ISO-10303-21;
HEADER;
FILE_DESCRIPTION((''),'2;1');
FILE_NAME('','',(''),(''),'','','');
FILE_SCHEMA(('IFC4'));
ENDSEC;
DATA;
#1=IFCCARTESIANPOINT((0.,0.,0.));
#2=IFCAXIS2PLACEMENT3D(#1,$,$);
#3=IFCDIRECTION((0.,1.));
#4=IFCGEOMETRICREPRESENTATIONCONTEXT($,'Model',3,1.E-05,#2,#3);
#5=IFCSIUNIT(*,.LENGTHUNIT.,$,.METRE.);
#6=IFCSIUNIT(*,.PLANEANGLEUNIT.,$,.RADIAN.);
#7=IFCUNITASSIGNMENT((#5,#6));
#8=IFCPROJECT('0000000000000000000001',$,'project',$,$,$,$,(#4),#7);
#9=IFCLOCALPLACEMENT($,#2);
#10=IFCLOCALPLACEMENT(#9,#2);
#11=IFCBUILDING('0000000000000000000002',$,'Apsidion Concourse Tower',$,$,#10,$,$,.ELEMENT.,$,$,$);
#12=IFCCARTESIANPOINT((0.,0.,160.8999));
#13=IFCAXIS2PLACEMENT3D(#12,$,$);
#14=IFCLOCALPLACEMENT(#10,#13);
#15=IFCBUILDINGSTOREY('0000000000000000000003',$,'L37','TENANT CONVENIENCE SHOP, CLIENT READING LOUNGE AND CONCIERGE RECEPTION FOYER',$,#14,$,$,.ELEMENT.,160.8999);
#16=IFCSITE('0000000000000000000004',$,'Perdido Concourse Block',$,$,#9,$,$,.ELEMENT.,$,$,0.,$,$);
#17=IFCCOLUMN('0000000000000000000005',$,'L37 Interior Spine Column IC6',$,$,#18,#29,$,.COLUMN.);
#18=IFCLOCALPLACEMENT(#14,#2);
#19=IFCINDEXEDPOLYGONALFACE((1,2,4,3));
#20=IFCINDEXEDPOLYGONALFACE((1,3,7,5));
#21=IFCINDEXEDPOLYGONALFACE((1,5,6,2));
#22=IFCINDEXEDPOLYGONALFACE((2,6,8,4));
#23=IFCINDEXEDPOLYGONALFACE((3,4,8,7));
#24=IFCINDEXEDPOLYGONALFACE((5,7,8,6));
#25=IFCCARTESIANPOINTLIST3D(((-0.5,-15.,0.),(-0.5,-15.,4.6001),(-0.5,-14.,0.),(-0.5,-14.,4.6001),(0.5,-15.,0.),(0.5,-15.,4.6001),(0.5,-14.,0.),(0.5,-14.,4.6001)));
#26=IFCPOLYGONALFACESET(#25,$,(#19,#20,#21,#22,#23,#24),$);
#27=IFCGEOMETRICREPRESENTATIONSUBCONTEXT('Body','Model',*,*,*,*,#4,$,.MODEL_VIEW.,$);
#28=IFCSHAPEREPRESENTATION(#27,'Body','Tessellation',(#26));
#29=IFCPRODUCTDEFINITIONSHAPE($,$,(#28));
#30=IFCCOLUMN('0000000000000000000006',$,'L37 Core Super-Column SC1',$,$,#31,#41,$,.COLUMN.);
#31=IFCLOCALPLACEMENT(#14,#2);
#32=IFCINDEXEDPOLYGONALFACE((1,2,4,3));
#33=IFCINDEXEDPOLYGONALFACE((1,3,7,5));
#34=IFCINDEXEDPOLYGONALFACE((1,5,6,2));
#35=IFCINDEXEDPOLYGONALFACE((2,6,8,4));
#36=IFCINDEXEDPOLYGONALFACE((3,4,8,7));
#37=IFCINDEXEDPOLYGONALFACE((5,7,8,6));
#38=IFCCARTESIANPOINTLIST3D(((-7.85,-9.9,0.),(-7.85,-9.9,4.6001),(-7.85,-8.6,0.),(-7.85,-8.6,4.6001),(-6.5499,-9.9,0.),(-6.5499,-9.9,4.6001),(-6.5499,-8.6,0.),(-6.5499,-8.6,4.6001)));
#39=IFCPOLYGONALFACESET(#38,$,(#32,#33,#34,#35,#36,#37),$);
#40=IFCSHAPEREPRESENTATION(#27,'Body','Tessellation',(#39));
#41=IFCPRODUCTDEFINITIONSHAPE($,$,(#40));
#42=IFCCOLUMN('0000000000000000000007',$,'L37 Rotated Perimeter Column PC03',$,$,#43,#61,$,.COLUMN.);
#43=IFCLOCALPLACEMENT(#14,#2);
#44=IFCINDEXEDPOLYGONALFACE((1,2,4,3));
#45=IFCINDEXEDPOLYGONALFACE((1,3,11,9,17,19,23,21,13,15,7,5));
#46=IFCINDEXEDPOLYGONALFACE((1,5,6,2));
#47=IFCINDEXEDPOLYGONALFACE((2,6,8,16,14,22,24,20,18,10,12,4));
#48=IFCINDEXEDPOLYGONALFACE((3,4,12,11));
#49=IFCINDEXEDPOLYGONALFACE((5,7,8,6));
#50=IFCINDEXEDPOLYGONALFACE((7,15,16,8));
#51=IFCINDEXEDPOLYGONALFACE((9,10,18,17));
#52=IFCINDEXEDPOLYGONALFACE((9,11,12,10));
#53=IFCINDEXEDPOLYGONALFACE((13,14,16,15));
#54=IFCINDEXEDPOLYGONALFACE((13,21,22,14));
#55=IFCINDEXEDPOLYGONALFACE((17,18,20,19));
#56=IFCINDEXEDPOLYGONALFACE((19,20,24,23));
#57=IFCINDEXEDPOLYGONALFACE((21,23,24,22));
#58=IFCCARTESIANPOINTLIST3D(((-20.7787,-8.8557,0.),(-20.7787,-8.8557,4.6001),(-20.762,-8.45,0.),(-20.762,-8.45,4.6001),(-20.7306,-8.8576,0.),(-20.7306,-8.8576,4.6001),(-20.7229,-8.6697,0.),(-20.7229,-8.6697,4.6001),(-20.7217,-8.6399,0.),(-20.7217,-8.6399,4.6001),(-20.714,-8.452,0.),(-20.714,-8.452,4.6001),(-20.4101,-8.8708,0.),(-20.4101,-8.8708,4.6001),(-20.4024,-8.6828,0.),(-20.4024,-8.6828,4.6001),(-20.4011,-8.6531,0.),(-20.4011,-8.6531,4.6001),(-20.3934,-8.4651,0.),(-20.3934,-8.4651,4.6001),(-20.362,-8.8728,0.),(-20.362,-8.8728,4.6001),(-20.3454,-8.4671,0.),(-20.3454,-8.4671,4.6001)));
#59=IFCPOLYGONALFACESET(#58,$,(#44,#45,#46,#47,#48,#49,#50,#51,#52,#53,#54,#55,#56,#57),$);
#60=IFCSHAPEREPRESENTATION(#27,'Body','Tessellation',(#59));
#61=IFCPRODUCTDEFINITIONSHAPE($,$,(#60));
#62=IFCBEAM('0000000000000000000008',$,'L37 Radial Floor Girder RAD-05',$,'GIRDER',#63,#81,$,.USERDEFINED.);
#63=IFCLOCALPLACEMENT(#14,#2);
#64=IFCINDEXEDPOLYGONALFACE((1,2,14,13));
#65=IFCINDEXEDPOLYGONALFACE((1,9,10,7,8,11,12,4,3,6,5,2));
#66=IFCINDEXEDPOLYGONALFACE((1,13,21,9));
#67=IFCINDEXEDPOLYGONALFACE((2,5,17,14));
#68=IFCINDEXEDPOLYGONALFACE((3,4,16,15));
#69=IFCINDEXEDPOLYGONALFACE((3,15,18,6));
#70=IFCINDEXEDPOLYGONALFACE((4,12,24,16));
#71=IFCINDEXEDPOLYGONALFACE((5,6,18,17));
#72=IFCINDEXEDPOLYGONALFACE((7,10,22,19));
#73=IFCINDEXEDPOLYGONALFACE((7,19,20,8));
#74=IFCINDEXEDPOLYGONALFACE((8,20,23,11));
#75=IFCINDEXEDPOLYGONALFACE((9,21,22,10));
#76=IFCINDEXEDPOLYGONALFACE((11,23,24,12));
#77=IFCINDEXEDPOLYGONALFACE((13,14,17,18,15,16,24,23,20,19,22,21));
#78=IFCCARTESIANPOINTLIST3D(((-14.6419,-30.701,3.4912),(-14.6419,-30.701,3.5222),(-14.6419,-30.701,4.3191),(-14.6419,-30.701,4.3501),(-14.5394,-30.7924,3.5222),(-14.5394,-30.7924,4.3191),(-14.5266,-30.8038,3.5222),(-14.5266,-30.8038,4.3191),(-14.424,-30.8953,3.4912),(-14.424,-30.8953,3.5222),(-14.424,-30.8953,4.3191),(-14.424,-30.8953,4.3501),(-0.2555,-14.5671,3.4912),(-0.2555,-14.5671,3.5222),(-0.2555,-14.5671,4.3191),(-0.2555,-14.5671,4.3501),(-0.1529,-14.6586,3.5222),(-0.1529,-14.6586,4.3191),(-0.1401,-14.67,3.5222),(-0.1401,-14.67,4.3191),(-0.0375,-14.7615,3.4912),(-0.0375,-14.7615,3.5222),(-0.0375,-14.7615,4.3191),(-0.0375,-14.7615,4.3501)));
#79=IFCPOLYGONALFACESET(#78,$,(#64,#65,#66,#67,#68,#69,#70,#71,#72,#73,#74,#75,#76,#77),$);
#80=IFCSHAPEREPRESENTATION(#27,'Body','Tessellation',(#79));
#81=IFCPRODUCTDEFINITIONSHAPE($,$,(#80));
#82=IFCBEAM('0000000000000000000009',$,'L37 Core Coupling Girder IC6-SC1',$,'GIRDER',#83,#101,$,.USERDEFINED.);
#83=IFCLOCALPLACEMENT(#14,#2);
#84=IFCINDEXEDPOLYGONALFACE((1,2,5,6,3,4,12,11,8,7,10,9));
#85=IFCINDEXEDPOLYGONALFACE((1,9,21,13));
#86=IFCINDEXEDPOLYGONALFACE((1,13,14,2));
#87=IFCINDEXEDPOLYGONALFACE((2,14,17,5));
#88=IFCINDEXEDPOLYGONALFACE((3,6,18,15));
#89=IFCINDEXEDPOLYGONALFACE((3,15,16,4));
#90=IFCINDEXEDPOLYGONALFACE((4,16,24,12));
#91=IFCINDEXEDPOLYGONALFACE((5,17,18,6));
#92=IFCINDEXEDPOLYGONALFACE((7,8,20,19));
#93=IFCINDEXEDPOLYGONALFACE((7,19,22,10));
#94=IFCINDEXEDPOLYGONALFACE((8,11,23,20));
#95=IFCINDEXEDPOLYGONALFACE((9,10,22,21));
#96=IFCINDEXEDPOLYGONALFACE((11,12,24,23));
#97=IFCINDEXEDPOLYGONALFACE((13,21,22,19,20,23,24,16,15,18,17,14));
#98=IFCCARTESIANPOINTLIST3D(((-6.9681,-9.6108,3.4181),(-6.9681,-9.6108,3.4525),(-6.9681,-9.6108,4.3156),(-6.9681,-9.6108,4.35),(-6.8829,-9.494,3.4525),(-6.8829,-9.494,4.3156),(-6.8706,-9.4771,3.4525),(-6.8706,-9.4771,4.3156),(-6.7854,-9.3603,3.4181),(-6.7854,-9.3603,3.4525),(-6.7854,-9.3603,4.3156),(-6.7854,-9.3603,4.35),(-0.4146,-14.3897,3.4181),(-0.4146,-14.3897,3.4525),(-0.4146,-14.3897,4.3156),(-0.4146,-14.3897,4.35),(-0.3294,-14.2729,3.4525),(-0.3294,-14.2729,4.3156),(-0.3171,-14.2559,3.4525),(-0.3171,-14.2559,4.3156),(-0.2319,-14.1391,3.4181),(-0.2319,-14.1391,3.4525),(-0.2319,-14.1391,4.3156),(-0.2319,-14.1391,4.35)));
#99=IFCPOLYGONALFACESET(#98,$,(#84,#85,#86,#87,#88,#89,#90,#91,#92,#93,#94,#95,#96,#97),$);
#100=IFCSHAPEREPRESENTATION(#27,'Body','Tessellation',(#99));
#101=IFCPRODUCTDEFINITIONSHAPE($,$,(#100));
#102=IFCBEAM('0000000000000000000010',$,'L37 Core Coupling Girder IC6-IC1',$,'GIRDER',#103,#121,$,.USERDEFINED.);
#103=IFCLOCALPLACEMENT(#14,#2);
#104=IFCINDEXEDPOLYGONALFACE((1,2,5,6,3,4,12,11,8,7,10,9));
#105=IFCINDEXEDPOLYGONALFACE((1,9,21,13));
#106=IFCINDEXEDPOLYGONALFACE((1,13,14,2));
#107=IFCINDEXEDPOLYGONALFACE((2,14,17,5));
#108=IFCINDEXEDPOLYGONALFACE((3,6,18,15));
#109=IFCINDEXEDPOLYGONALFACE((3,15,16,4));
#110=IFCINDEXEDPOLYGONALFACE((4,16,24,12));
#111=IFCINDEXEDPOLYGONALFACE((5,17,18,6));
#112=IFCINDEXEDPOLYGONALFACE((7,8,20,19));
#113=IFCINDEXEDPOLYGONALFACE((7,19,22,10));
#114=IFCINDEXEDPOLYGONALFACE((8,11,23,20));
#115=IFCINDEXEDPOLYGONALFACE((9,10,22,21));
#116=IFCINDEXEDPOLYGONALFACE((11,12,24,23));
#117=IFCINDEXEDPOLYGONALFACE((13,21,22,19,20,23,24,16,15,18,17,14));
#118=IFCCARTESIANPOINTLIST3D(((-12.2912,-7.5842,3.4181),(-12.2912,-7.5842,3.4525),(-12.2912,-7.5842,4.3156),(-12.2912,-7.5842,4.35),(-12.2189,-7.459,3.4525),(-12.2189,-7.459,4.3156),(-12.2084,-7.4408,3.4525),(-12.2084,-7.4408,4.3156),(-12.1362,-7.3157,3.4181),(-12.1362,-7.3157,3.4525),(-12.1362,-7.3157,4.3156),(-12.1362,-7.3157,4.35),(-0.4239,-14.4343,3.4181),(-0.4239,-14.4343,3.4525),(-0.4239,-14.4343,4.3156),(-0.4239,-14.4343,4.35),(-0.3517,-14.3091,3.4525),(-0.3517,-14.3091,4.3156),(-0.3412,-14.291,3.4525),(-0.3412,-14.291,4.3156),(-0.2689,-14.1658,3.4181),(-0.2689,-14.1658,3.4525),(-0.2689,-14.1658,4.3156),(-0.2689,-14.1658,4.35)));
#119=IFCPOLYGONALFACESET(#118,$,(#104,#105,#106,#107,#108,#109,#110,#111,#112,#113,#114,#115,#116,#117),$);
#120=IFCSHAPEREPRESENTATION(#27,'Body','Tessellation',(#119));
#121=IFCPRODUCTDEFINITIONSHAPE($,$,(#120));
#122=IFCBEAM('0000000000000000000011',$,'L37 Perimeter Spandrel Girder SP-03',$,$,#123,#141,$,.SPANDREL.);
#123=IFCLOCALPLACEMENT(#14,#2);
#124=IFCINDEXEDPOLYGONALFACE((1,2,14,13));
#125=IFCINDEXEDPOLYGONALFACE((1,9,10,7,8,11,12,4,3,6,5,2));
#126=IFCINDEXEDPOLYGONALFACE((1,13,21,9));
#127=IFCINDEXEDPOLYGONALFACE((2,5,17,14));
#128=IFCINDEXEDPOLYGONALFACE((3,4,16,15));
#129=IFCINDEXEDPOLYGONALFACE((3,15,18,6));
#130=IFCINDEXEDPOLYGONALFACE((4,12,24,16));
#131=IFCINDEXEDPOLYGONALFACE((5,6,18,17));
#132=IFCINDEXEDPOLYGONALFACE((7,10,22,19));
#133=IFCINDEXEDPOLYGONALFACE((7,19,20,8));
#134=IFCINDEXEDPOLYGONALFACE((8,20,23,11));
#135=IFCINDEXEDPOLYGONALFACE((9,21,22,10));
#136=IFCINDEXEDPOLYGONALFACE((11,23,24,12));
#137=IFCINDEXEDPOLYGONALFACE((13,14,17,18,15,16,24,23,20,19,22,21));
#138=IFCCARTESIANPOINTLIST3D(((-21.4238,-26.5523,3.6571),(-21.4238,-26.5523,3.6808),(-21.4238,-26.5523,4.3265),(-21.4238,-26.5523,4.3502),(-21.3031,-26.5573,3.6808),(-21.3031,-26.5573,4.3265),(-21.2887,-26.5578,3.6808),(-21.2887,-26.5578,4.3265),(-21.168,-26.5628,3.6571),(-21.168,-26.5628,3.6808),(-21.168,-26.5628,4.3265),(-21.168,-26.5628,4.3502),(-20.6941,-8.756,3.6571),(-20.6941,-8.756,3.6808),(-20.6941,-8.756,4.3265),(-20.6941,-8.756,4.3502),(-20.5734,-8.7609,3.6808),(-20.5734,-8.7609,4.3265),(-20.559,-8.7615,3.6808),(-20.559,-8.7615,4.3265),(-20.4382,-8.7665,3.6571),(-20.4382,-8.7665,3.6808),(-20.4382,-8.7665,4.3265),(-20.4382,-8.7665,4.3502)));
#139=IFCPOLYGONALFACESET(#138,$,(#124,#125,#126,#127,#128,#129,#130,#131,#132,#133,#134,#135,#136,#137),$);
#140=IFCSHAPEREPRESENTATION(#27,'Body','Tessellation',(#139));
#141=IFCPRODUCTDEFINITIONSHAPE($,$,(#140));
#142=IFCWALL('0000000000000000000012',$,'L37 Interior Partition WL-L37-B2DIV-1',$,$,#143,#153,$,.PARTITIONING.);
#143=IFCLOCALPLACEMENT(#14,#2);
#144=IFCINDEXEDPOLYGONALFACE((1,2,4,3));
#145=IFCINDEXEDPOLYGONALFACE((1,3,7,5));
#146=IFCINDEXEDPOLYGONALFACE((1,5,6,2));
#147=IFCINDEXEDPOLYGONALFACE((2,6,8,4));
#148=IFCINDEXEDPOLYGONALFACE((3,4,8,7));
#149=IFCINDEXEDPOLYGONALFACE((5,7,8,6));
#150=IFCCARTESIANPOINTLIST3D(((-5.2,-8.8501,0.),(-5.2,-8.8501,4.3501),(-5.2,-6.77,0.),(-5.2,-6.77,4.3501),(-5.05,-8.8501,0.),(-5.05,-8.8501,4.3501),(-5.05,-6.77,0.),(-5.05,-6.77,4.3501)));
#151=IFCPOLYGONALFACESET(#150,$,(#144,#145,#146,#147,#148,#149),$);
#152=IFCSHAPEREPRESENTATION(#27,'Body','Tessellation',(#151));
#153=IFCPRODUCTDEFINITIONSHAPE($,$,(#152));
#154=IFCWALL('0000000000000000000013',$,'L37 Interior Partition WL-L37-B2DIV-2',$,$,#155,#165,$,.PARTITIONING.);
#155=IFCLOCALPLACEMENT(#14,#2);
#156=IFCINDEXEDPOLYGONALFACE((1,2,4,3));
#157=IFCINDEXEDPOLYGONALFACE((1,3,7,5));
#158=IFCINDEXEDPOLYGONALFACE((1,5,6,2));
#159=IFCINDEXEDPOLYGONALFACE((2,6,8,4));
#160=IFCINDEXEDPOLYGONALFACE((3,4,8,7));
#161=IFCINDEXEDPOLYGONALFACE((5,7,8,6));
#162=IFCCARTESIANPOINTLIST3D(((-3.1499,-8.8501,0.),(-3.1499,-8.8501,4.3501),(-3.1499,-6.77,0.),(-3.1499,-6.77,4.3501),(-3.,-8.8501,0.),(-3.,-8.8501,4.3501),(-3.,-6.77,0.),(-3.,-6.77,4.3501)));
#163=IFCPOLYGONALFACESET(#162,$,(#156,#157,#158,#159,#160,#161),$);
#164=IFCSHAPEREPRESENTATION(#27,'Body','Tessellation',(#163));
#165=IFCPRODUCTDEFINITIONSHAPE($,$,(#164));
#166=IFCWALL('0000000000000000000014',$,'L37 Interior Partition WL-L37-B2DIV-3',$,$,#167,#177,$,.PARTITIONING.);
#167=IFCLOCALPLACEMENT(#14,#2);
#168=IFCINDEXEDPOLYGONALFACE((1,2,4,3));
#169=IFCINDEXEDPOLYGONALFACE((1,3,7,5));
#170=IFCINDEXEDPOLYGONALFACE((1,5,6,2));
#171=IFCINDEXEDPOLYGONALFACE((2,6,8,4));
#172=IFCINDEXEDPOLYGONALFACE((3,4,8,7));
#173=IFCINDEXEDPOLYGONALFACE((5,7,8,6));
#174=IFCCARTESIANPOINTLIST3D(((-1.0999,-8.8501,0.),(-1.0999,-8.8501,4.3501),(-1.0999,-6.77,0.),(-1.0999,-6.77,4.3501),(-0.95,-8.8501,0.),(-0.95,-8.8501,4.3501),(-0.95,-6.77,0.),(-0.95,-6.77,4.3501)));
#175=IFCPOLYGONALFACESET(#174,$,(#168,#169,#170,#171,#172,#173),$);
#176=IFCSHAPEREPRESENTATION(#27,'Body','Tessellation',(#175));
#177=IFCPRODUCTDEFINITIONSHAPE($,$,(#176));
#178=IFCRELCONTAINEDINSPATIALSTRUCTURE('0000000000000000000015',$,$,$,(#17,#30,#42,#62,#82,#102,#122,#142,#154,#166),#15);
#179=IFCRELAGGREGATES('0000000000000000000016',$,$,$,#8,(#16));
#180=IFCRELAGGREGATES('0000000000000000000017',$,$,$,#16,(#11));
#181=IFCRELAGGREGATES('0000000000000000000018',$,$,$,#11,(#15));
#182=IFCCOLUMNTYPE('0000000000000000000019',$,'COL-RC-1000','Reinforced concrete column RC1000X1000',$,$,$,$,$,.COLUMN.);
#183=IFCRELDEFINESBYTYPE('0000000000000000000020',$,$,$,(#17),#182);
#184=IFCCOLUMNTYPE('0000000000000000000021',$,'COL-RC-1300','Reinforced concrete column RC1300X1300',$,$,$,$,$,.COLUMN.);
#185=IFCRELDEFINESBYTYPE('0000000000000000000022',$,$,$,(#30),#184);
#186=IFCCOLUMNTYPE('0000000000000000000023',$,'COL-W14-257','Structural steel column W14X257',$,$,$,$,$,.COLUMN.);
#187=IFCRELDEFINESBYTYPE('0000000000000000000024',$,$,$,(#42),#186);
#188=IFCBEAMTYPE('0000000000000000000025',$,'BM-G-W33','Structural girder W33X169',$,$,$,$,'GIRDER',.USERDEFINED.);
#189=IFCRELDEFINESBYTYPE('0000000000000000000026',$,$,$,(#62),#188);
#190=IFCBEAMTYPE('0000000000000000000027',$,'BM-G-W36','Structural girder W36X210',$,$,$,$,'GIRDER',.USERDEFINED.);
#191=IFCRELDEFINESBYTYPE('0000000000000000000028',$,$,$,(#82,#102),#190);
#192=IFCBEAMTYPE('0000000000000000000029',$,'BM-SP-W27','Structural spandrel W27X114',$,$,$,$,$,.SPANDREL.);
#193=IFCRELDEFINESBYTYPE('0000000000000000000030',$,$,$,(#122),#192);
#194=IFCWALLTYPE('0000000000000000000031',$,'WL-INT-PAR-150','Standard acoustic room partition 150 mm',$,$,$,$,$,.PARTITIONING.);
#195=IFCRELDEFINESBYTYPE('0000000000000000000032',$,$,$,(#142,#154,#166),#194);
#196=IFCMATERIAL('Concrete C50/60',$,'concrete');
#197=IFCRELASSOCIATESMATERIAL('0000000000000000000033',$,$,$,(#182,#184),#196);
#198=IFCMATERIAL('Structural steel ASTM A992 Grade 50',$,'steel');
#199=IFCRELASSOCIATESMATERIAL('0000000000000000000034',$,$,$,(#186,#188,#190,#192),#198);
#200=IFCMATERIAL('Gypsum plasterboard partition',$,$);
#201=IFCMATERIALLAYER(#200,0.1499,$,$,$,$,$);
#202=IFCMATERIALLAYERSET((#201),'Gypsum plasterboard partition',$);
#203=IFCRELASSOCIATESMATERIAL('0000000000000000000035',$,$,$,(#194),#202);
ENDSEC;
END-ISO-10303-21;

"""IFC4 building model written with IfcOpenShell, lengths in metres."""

from ifc_helpers import new_model, si_unit, direction, frame, frame_2d, origin, origin_2d, place, context, subcontext, project, spatial, rectangle, i_section, extrude, material, layer, layer_set, material_profile, profile_set, type_object, element, save


model = new_model("IFC4")

# Units and contexts
model_context = context("Model", 3, precision=1e-05, world=origin(), true_north=direction((0.0, 1.0)))
body_context = subcontext(model_context, "Body", "Model", "MODEL_VIEW")
ifc_project = project(units=[si_unit("LENGTHUNIT", "METRE"), si_unit("PLANEANGLEUNIT", "RADIAN")], contexts=[model_context])

# Site, building, storey
site_placement = place(None, origin())
site = spatial("IfcSite", under=ifc_project, at=site_placement, Name="Perdido Concourse Block", CompositionType="ELEMENT", RefElevation=0.0)
building_placement = place(site_placement, origin())
building = spatial("IfcBuilding", under=site, at=building_placement, Name="Apsidion Concourse Tower", CompositionType="ELEMENT")
storey_placement = place(building_placement, frame((0.0, 0.0, 160.8999)))
storey = spatial("IfcBuildingStorey", under=building, at=storey_placement, Name="L37", Description="TENANT CONVENIENCE SHOP, CLIENT READING LOUNGE AND CONCIERGE RECEPTION FOYER", CompositionType="ELEMENT", Elevation=160.8999)

# Columns
ifc_material_1 = material(Name="Concrete C50/60", Category="concrete")
ifc_material_profile_1 = material_profile(ifc_material_1, rectangle(XDim=1.0, YDim=1.0, at=origin_2d()), Name="RC 1000x1000")
ifc_profile_set_1 = profile_set([ifc_material_profile_1], Name="Concrete C50/60")
column_type_1 = type_object("IfcColumnType", Name="COL-RC-1000", Description="Reinforced concrete column RC1000X1000", PredefinedType="COLUMN", material=ifc_profile_set_1)
column_1_placement = place(storey_placement, frame((0.0, -14.5, 0.0), z_axis=(0.0, 0.0, 1.0), x_axis=(1.0, 0.0, 0.0)))
element("IfcColumn", 1, at=column_1_placement, inside=storey, type_object=column_type_1, Name="L37 Interior Spine Column IC6", PredefinedType="COLUMN", context=body_context, shape_type="SweptSolid", body=[
    extrude(rectangle(XDim=1.0, YDim=1.0, at=origin_2d()), origin(), (0.0, 0.0, 1.0), 4.6001),
])
ifc_material_profile_2 = material_profile(ifc_material_1, rectangle(XDim=1.3, YDim=1.3, at=origin_2d()), Name="RC 1300x1300")
ifc_profile_set_2 = profile_set([ifc_material_profile_2], Name="Concrete C50/60")
column_type_2 = type_object("IfcColumnType", Name="COL-RC-1300", Description="Reinforced concrete column RC1300X1300", PredefinedType="COLUMN", material=ifc_profile_set_2)
column_2_placement = place(storey_placement, frame((-7.2, -9.25, 0.0), z_axis=(0.0, 0.0, 1.0), x_axis=(1.0, 0.0, 0.0)))
element("IfcColumn", 2, at=column_2_placement, inside=storey, type_object=column_type_2, Name="L37 Core Super-Column SC1", PredefinedType="COLUMN", context=body_context, shape_type="SweptSolid", body=[
    extrude(rectangle(XDim=1.3, YDim=1.3, at=origin_2d()), origin(), (0.0, 0.0, 1.0), 4.6001),
])
ifc_material_2 = material(Name="Structural steel ASTM A992 Grade 50", Category="steel")
ifc_material_profile_3 = material_profile(ifc_material_2, i_section(OverallWidth=0.406, OverallDepth=0.417, WebThickness=0.0298, FlangeThickness=0.0481, at=origin_2d()), Name="W14X257")
ifc_profile_set_3 = profile_set([ifc_material_profile_3], Name="Structural steel ASTM A992 Grade 50")
column_type_3 = type_object("IfcColumnType", Name="COL-W14-257", Description="Structural steel column W14X257", PredefinedType="COLUMN", material=ifc_profile_set_3)
column_3_placement = place(storey_placement, frame((-20.562, -8.6614, 0.0), z_axis=(0.0, 0.0, 1.0), x_axis=(0.041004, 0.999159, 0.0)))
element("IfcColumn", 3, at=column_3_placement, inside=storey, type_object=column_type_3, Name="L37 Rotated Perimeter Column PC03", PredefinedType="COLUMN", context=body_context, shape_type="SweptSolid", body=[
    extrude(i_section(OverallWidth=0.406, OverallDepth=0.417, WebThickness=0.0298, FlangeThickness=0.0481, at=origin_2d()), origin(), (0.0, 0.0, 1.0), 4.6001),
])

# Beams
ifc_material_profile_4 = material_profile(ifc_material_2, i_section(OverallWidth=0.292, OverallDepth=0.8589, WebThickness=0.0171, FlangeThickness=0.031, at=origin_2d()), Name="W33X169")
ifc_profile_set_4 = profile_set([ifc_material_profile_4], Name="Structural steel ASTM A992 Grade 50")
beam_type_1 = type_object("IfcBeamType", Name="BM-G-W33", Description="Structural girder W33X169", ElementType="GIRDER", PredefinedType="USERDEFINED", material=ifc_profile_set_4)
beam_1_placement = place(storey_placement, frame((-0.1465, -14.6643, 3.9207), z_axis=(-0.665534, -0.746367, 0.0), x_axis=(0.746367, -0.665534, 0.0)))
element("IfcBeam", 4, at=beam_1_placement, inside=storey, type_object=beam_type_1, Name="L37 Radial Floor Girder RAD-05", ObjectType="GIRDER", PredefinedType="USERDEFINED", context=body_context, shape_type="SweptSolid", body=[
    extrude(i_section(OverallWidth=0.292, OverallDepth=0.8589, WebThickness=0.0171, FlangeThickness=0.031, at=origin_2d()), origin(), (0.0, 0.0, 1.0), 21.6165),
])
ifc_material_profile_5 = material_profile(ifc_material_2, i_section(OverallWidth=0.3101, OverallDepth=0.9319, WebThickness=0.021, FlangeThickness=0.0344, at=origin_2d()), Name="W36X210")
ifc_profile_set_5 = profile_set([ifc_material_profile_5], Name="Structural steel ASTM A992 Grade 50")
beam_type_2 = type_object("IfcBeamType", Name="BM-G-W36", Description="Structural girder W36X210", ElementType="GIRDER", PredefinedType="USERDEFINED", material=ifc_profile_set_5)
beam_2_placement = place(storey_placement, frame((-0.3232, -14.2644, 3.884), z_axis=(-0.807993, 0.589191, 0.0), x_axis=(-0.589191, -0.807993, 0.0)))
element("IfcBeam", 5, at=beam_2_placement, inside=storey, type_object=beam_type_2, Name="L37 Core Coupling Girder IC6-SC1", ObjectType="GIRDER", PredefinedType="USERDEFINED", context=body_context, shape_type="SweptSolid", body=[
    extrude(i_section(OverallWidth=0.3101, OverallDepth=0.9319, WebThickness=0.021, FlangeThickness=0.0344, at=origin_2d()), origin(), (0.0, 0.0, 1.0), 8.1108),
])
beam_3_placement = place(storey_placement, frame((-0.3464, -14.3, 3.884), z_axis=(-0.86607, 0.499922, 0.0), x_axis=(-0.499922, -0.86607, 0.0)))
element("IfcBeam", 6, at=beam_3_placement, inside=storey, type_object=beam_type_2, Name="L37 Core Coupling Girder IC6-IC1", ObjectType="GIRDER", PredefinedType="USERDEFINED", context=body_context, shape_type="SweptSolid", body=[
    extrude(i_section(OverallWidth=0.3101, OverallDepth=0.9319, WebThickness=0.021, FlangeThickness=0.0344, at=origin_2d()), origin(), (0.0, 0.0, 1.0), 13.7024),
])
ifc_material_profile_6 = material_profile(ifc_material_2, i_section(OverallWidth=0.2561, OverallDepth=0.6931, WebThickness=0.0144, FlangeThickness=0.0237, at=origin_2d()), Name="W27X114")
ifc_profile_set_6 = profile_set([ifc_material_profile_6], Name="Structural steel ASTM A992 Grade 50")
beam_type_3 = type_object("IfcBeamType", Name="BM-SP-W27", Description="Structural spandrel W27X114", PredefinedType="SPANDREL", material=ifc_profile_set_6)
beam_4_placement = place(storey_placement, frame((-20.5662, -8.7612, 4.0037), z_axis=(-0.04097, -0.99916, 0.0), x_axis=(0.99916, -0.04097, 0.0)))
element("IfcBeam", 7, at=beam_4_placement, inside=storey, type_object=beam_type_3, Name="L37 Perimeter Spandrel Girder SP-03", PredefinedType="SPANDREL", context=body_context, shape_type="SweptSolid", body=[
    extrude(i_section(OverallWidth=0.2561, OverallDepth=0.6931, WebThickness=0.0144, FlangeThickness=0.0237, at=origin_2d()), origin(), (0.0, 0.0, 1.0), 17.8113),
])

# Walls
ifc_material_3 = material(Name="Gypsum plasterboard partition")
ifc_layer_1 = layer(ifc_material_3, 0.1499)
ifc_layer_set_1 = layer_set([ifc_layer_1], Name="Gypsum plasterboard partition")
wall_type_1 = type_object("IfcWallType", Name="WL-INT-PAR-150", Description="Standard acoustic room partition 150 mm", PredefinedType="PARTITIONING", material=ifc_layer_set_1)
for number, where, z_axis, x_axis, name in (
    (8, (-5.125, -8.8501, 0.0), (0.0, 0.0, 1.0), (0.0, 1.0, 0.0), "L37 Interior Partition WL-L37-B2DIV-1"),
    (9, (-3.075, -8.8501, 0.0), (0.0, 0.0, 1.0), (0.0, 1.0, 0.0), "L37 Interior Partition WL-L37-B2DIV-2"),
    (10, (-1.0249, -8.8501, 0.0), (0.0, 0.0, 1.0), (0.0, 1.0, 0.0), "L37 Interior Partition WL-L37-B2DIV-3"),
):
    element("IfcWall", number, at=place(storey_placement, frame(where, z_axis=z_axis, x_axis=x_axis)), inside=storey, type_object=wall_type_1, Name=name, PredefinedType="PARTITIONING", context=body_context, shape_type="SweptSolid", body=[
        extrude(rectangle(XDim=2.0801, YDim=0.1499, at=frame_2d((1.04, 0.0))), origin(), (0.0, 0.0, 1.0), 4.3501),
    ])

save(model, "model.ifc")
